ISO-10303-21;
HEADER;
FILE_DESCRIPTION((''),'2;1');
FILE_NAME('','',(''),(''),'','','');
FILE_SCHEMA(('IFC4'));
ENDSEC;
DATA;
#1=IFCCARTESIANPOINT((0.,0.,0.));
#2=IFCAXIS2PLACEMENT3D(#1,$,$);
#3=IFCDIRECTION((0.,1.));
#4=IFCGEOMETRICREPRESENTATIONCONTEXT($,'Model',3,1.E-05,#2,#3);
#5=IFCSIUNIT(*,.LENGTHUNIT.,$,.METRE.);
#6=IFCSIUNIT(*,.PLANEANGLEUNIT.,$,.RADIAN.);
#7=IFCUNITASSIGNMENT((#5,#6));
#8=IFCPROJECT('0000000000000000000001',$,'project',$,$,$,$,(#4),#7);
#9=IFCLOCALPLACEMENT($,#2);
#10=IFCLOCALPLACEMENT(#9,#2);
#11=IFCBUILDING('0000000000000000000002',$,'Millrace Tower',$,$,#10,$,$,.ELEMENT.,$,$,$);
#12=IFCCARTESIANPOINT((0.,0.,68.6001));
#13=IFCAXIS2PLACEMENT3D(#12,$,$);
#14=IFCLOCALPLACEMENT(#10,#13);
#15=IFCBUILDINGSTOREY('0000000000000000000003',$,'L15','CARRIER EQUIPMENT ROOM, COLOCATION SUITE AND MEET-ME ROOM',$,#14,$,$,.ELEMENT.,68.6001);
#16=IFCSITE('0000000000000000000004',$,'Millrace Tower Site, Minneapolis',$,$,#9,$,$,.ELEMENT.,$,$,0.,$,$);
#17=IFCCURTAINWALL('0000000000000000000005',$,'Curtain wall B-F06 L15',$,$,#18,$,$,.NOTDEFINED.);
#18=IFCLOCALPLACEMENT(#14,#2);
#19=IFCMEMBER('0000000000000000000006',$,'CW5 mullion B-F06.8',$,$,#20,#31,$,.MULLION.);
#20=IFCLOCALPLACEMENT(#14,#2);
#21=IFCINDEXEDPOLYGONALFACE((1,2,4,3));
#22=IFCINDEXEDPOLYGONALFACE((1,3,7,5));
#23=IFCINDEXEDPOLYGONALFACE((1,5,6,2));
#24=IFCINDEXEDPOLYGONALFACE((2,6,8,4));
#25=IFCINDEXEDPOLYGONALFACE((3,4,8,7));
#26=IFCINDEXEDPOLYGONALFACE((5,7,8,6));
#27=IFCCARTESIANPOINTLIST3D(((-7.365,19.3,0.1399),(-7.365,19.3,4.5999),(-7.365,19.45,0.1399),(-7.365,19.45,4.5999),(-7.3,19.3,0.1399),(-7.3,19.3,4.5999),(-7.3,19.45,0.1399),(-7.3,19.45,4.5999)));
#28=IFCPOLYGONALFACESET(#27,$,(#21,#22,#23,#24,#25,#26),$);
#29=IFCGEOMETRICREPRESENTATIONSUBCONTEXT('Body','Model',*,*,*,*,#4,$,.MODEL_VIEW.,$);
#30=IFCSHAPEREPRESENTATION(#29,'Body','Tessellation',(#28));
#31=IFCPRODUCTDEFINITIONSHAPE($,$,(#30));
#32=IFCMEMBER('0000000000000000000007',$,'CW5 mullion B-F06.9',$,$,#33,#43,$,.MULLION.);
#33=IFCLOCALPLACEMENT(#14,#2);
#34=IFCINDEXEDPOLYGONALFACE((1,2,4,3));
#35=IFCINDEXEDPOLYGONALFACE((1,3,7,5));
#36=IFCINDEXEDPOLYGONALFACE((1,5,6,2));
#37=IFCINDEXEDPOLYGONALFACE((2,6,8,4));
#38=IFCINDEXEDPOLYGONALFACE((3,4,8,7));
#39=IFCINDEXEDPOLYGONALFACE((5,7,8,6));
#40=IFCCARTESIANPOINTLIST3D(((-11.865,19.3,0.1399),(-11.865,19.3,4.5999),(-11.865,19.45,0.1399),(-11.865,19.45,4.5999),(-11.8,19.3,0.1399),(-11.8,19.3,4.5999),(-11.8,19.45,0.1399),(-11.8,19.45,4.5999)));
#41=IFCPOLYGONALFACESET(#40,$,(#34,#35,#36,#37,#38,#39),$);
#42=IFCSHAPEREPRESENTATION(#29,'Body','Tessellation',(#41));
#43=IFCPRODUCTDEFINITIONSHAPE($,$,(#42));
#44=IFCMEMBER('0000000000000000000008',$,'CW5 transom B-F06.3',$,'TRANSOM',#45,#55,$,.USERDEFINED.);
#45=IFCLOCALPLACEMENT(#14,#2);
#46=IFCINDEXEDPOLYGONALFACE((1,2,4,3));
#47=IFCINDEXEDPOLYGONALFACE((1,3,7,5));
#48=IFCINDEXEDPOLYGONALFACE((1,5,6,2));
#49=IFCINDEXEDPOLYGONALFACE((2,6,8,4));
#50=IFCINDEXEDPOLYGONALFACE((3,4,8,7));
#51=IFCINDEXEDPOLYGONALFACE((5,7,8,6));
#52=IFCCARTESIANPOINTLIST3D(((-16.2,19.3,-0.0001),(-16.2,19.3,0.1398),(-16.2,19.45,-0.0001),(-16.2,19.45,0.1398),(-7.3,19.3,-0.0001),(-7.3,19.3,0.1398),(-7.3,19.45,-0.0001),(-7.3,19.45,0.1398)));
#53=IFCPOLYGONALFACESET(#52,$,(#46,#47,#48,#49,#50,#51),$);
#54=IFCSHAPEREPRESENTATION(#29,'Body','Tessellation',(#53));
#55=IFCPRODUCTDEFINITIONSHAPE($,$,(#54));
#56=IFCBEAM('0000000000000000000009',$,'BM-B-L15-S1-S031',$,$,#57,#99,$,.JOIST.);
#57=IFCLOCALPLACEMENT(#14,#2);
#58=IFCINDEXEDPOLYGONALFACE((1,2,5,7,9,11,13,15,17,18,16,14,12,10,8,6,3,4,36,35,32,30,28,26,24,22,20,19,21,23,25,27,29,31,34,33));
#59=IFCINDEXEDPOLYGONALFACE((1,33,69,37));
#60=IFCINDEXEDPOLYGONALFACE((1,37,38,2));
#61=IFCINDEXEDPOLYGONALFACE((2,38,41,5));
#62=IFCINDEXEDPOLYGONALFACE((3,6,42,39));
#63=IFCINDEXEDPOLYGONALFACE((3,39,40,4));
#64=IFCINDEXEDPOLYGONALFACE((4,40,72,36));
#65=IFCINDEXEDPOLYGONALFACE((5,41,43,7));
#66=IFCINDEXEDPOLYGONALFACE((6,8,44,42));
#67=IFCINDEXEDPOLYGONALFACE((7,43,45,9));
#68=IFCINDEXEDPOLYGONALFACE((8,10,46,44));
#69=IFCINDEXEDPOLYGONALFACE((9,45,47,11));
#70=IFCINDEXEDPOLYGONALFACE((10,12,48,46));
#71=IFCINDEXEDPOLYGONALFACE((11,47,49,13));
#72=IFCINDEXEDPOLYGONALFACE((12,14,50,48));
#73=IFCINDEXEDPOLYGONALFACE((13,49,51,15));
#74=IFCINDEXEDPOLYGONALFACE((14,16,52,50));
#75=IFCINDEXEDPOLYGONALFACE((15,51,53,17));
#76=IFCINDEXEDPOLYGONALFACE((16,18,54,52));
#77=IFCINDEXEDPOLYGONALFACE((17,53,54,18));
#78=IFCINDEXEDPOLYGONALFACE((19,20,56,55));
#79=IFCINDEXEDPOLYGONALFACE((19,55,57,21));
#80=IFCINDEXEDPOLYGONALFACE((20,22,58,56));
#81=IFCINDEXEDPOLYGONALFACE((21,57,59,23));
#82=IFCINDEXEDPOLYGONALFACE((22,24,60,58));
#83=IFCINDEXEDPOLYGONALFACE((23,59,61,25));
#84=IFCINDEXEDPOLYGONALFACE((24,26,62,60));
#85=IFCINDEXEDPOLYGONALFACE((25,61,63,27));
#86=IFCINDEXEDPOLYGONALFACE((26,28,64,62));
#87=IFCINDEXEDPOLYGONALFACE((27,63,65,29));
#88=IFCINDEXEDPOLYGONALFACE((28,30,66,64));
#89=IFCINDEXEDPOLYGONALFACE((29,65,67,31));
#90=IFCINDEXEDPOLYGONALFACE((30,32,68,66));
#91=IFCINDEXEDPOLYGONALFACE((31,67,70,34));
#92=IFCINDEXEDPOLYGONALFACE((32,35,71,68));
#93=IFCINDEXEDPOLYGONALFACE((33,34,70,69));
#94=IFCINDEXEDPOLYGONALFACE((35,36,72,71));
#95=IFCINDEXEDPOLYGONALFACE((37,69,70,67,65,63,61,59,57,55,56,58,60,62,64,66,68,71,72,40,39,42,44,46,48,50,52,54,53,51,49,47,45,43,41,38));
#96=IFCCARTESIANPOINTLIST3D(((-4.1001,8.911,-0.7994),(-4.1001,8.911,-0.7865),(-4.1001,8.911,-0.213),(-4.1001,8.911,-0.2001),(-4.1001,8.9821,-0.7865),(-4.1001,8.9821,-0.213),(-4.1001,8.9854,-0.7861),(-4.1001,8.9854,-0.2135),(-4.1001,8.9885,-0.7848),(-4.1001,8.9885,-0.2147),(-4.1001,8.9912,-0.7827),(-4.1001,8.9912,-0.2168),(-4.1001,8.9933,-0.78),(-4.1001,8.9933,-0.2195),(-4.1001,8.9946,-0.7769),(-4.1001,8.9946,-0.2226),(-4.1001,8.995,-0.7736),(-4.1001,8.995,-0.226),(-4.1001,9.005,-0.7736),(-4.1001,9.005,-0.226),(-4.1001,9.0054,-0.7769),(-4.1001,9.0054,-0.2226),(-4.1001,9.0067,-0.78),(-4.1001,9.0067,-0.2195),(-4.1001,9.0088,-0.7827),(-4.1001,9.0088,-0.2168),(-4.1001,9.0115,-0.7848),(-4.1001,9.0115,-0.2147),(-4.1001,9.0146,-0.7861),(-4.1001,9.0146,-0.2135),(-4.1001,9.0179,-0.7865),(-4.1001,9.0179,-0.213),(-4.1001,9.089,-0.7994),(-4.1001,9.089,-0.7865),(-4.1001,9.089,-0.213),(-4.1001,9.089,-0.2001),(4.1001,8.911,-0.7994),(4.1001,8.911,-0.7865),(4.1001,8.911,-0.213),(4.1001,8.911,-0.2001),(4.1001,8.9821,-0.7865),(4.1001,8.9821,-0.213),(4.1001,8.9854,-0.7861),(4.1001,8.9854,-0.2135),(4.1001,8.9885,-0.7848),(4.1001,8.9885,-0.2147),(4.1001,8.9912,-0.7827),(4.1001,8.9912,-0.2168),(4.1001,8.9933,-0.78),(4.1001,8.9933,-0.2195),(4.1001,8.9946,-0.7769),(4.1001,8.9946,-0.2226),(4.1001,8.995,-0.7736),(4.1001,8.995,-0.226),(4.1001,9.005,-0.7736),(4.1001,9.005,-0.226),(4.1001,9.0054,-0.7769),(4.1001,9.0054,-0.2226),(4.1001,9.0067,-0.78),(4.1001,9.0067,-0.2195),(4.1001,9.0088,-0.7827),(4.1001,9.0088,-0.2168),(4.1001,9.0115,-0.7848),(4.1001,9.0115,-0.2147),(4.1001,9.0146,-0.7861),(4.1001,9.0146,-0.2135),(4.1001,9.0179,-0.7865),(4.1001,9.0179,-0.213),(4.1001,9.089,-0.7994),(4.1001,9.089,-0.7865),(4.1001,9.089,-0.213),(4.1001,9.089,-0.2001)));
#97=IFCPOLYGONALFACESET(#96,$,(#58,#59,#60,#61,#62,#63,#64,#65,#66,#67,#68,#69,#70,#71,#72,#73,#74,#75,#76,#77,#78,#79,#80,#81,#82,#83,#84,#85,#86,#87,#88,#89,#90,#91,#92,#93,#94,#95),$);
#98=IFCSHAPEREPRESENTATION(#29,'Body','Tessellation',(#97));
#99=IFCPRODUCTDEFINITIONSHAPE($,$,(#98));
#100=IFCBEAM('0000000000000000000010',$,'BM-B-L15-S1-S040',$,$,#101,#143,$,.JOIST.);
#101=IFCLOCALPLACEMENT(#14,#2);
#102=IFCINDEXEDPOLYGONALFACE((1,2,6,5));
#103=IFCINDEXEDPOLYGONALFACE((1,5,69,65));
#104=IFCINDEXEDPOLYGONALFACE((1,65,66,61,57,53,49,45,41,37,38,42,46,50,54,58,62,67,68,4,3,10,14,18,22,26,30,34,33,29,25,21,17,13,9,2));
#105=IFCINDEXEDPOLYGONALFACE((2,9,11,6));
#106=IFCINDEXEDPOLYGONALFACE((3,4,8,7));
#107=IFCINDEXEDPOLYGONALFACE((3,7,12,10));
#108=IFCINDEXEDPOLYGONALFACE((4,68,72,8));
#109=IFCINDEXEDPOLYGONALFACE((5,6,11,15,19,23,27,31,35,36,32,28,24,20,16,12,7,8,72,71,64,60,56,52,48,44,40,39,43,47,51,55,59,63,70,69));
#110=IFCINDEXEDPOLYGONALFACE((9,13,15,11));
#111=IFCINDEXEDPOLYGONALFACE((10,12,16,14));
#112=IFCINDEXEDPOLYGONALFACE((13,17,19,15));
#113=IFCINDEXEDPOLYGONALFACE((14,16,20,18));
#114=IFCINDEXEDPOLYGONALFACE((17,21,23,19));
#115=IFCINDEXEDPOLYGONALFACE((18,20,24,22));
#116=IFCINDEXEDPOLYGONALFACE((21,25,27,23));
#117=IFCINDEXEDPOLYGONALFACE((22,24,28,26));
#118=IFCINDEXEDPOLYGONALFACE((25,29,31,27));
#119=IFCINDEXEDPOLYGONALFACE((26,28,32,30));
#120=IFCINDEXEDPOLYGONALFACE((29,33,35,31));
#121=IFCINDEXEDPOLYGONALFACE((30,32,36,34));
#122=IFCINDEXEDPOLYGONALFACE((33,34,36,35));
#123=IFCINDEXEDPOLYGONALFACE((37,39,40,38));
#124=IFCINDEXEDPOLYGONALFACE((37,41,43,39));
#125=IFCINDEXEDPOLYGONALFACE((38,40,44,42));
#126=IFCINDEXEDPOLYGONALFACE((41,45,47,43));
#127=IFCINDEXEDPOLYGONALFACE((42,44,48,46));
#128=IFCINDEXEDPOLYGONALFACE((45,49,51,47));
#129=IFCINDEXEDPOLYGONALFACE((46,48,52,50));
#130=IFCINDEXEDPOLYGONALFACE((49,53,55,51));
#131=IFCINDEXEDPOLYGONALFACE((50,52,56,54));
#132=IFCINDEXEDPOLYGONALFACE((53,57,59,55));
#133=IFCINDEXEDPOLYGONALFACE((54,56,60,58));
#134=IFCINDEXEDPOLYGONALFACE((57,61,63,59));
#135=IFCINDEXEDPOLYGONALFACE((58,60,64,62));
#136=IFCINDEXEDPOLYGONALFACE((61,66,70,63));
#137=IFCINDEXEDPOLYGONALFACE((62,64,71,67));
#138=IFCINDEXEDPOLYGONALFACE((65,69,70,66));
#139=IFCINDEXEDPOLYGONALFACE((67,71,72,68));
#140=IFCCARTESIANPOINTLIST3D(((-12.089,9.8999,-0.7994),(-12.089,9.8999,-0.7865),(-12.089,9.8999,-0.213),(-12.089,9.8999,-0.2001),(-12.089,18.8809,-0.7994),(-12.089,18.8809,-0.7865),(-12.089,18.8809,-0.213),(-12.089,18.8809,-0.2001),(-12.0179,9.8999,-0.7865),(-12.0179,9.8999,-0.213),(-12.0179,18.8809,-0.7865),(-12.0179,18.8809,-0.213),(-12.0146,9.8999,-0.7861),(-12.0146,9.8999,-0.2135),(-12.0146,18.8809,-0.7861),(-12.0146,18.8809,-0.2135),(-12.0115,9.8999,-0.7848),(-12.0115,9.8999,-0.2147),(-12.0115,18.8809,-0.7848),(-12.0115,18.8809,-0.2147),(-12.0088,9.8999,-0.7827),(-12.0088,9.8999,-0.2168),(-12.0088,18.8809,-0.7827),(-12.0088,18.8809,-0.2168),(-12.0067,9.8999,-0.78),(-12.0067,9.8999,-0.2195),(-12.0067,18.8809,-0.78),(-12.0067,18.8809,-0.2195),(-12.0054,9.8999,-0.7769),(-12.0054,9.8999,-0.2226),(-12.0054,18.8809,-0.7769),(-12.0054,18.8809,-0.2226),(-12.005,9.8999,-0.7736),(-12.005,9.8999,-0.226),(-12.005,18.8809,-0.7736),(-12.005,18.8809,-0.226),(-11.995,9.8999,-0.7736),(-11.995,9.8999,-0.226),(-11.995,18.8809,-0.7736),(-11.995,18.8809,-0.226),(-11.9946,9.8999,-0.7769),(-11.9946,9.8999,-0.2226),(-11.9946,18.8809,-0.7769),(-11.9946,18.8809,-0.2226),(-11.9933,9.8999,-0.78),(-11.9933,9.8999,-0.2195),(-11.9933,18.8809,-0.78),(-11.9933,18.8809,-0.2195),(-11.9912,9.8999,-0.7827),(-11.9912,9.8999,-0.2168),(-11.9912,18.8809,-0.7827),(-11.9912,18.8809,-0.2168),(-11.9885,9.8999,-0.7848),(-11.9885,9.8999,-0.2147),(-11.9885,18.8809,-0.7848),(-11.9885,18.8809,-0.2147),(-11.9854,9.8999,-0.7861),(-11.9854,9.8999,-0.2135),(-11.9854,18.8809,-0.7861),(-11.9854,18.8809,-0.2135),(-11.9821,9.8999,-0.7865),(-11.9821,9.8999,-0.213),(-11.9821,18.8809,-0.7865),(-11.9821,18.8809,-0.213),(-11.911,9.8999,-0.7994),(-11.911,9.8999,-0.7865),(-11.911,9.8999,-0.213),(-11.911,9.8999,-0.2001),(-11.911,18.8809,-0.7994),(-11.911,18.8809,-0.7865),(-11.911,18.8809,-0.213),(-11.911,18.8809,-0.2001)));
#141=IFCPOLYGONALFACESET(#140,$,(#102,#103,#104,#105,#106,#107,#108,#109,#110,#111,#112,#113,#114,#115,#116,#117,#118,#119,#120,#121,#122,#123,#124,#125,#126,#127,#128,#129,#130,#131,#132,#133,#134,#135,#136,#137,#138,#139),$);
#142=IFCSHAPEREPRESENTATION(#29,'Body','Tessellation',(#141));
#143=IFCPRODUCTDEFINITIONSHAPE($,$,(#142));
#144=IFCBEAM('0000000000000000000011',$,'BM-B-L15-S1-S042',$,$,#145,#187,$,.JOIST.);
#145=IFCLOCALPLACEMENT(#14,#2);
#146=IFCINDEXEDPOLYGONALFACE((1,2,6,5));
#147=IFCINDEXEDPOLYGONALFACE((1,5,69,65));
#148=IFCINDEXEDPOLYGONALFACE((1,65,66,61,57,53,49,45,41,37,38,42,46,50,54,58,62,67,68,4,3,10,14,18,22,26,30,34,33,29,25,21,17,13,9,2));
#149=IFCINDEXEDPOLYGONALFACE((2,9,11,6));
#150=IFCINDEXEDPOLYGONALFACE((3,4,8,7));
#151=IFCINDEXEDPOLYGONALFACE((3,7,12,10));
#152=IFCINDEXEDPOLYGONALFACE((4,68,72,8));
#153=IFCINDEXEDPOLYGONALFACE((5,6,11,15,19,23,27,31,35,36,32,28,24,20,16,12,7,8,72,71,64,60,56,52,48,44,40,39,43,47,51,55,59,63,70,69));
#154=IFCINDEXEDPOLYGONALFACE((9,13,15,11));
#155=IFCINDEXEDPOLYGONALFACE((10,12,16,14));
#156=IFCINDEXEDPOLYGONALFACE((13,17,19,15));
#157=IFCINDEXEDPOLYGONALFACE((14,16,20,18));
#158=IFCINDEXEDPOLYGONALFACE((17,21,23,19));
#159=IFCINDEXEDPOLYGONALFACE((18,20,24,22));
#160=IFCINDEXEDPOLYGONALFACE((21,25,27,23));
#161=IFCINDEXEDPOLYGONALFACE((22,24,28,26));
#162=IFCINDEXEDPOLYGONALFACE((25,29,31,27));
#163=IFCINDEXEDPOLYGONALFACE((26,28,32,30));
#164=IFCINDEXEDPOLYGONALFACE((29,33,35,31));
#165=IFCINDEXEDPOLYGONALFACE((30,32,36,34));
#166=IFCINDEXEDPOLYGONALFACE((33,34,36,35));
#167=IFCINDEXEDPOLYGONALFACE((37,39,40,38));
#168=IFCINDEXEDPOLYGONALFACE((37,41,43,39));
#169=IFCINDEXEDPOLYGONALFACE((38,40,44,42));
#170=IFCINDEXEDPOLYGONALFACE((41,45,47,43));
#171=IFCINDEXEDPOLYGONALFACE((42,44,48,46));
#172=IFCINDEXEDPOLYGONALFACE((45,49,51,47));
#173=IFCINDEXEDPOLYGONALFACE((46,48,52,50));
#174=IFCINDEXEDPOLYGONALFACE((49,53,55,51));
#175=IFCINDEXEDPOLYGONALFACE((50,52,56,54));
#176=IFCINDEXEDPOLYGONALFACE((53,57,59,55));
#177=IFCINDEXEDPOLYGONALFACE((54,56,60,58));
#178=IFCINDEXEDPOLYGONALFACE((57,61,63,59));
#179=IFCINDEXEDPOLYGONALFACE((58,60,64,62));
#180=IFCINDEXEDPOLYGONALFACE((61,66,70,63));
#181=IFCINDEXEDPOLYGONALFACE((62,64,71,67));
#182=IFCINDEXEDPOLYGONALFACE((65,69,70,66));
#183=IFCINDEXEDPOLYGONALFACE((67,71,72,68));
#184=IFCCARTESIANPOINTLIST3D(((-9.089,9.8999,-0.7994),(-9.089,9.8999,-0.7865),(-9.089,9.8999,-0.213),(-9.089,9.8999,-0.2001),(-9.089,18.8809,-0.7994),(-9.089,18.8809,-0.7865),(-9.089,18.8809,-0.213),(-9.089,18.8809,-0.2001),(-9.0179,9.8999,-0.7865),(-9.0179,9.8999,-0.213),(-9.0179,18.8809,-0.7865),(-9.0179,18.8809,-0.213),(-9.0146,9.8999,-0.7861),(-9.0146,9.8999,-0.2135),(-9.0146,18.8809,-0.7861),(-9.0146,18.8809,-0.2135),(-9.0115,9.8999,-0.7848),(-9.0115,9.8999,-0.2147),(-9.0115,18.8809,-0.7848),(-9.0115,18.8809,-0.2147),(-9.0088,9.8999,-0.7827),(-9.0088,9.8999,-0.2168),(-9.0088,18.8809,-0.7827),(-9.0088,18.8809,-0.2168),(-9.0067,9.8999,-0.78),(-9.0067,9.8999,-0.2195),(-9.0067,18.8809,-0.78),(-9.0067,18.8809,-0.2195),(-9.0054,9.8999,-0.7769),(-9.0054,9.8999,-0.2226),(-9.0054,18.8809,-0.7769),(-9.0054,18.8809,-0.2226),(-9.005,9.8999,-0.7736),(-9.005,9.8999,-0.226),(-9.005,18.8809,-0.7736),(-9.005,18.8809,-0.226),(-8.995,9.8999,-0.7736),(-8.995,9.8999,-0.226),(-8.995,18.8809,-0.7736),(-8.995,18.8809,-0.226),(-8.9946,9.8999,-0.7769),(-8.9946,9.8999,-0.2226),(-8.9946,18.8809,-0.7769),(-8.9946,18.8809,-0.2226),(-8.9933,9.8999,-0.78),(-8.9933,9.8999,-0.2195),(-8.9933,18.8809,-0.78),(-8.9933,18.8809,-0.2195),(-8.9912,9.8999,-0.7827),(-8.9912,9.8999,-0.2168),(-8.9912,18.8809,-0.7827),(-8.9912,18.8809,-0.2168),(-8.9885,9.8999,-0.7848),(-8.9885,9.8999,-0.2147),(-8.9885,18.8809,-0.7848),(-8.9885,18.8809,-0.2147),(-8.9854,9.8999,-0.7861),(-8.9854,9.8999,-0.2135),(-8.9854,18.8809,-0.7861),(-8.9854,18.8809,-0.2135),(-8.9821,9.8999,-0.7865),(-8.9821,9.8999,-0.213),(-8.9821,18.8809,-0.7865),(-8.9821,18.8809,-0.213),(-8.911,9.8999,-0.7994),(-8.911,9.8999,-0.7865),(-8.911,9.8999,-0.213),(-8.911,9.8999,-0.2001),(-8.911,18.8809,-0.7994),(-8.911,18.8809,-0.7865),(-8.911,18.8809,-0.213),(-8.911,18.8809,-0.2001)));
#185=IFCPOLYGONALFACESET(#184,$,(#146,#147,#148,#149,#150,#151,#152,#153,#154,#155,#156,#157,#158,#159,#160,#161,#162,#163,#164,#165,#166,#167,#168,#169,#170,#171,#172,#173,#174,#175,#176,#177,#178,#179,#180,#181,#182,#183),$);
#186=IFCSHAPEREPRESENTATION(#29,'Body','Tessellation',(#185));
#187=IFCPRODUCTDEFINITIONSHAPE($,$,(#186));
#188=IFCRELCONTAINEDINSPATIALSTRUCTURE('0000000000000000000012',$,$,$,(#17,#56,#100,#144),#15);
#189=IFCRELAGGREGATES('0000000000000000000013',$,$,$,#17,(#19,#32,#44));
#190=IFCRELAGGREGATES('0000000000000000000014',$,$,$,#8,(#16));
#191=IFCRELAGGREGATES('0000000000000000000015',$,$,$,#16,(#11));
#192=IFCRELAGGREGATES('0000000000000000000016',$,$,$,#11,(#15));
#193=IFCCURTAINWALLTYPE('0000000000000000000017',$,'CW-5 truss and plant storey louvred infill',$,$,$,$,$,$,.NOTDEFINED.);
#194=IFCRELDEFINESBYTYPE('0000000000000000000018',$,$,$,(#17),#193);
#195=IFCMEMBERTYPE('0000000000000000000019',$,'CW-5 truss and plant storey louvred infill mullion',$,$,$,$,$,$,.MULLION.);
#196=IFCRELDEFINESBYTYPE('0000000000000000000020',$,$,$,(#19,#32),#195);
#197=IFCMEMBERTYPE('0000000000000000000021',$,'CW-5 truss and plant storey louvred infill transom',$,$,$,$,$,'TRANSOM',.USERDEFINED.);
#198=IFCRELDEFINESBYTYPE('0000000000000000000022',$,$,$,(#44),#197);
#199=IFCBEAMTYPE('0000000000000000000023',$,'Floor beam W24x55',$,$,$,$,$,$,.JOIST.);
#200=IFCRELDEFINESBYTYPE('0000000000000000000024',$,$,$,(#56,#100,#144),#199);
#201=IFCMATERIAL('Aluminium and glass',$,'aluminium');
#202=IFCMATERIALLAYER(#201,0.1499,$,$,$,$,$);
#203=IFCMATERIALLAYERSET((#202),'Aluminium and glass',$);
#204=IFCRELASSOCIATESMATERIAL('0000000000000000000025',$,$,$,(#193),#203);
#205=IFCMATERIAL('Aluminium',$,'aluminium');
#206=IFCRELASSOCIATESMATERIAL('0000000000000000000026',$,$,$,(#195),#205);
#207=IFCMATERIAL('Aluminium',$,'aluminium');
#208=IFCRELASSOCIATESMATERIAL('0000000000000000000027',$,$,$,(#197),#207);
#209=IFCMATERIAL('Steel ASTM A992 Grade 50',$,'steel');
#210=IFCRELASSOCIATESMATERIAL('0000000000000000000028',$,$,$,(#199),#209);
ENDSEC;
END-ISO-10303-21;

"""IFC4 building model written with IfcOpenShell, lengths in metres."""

from ifc_helpers import new_model, si_unit, direction, frame, origin, origin_2d, place, context, subcontext, project, spatial, rectangle, i_section, extrude, material, layer, layer_set, material_profile, profile_set, type_object, element, aggregate, save


model = new_model("IFC4")

# Units and contexts
model_context = context("Model", 3, precision=1e-05, world=origin(), true_north=direction((0.0, 1.0)))
body_context = subcontext(model_context, "Body", "Model", "MODEL_VIEW")
ifc_project = project(units=[si_unit("LENGTHUNIT", "METRE"), si_unit("PLANEANGLEUNIT", "RADIAN")], contexts=[model_context])

# Site, building, storey
site_placement = place(None, origin())
site = spatial("IfcSite", under=ifc_project, at=site_placement, Name="Millrace Tower Site, Minneapolis", CompositionType="ELEMENT", RefElevation=0.0)
building_placement = place(site_placement, origin())
building = spatial("IfcBuilding", under=site, at=building_placement, Name="Millrace Tower", CompositionType="ELEMENT")
storey_placement = place(building_placement, frame((0.0, 0.0, 68.6001)))
storey = spatial("IfcBuildingStorey", under=building, at=storey_placement, Name="L15", Description="CARRIER EQUIPMENT ROOM, COLOCATION SUITE AND MEET-ME ROOM", CompositionType="ELEMENT", Elevation=68.6001)

# Curtain wall, members
ifc_material_1 = material(Name="Aluminium and glass", Category="aluminium")
ifc_layer_1 = layer(ifc_material_1, 0.1499)
ifc_layer_set_1 = layer_set([ifc_layer_1], Name="Aluminium and glass")
curtain_wall_type = type_object("IfcCurtainWallType", Name="CW-5 truss and plant storey louvred infill", PredefinedType="NOTDEFINED", material=ifc_layer_set_1)
placement = place(storey_placement, origin())
curtain_wall = element("IfcCurtainWall", 1, at=placement, inside=storey, type_object=curtain_wall_type, Name="Curtain wall B-F06 L15", PredefinedType="NOTDEFINED")
ifc_material_2 = material(Name="Aluminium", Category="aluminium")
ifc_material_profile_1 = material_profile(ifc_material_2, rectangle(XDim=0.0649, YDim=0.1499, at=origin_2d()))
ifc_profile_set_1 = profile_set([ifc_material_profile_1], Name="Aluminium")
member_type_1 = type_object("IfcMemberType", Name="CW-5 truss and plant storey louvred infill mullion", PredefinedType="MULLION", material=ifc_profile_set_1)
member_1_placement = place(storey_placement, frame((-7.3325, 19.375, 0.1399), z_axis=(0.0, 0.0, 1.0), x_axis=(-1.0, 0.0, 0.0)))
member_1 = element("IfcMember", 2, at=member_1_placement, type_object=member_type_1, Name="CW5 mullion B-F06.8", PredefinedType="MULLION", context=body_context, shape_type="SweptSolid", body=[
    extrude(rectangle(XDim=0.0649, YDim=0.1499, at=origin_2d()), origin(), (0.0, 0.0, 1.0), 4.46),
])
member_2_placement = place(storey_placement, frame((-11.8325, 19.375, 0.1399), z_axis=(0.0, 0.0, 1.0), x_axis=(-1.0, 0.0, 0.0)))
member_2 = element("IfcMember", 3, at=member_2_placement, type_object=member_type_1, Name="CW5 mullion B-F06.9", PredefinedType="MULLION", context=body_context, shape_type="SweptSolid", body=[
    extrude(rectangle(XDim=0.0649, YDim=0.1499, at=origin_2d()), origin(), (0.0, 0.0, 1.0), 4.46),
])
ifc_material_3 = material(Name="Aluminium", Category="aluminium")
ifc_material_profile_2 = material_profile(ifc_material_3, rectangle(XDim=0.1499, YDim=0.1399, at=origin_2d()))
ifc_profile_set_2 = profile_set([ifc_material_profile_2], Name="Aluminium")
member_type_2 = type_object("IfcMemberType", Name="CW-5 truss and plant storey louvred infill transom", ElementType="TRANSOM", PredefinedType="USERDEFINED", material=ifc_profile_set_2)
member_3_placement = place(storey_placement, frame((-7.3, 19.375, 0.0698), z_axis=(-1.0, 0.0, 0.0), x_axis=(0.0, -1.0, 0.0)))
member_3 = element("IfcMember", 4, at=member_3_placement, type_object=member_type_2, Name="CW5 transom B-F06.3", ObjectType="TRANSOM", PredefinedType="USERDEFINED", context=body_context, shape_type="SweptSolid", body=[
    extrude(rectangle(XDim=0.1499, YDim=0.1399, at=origin_2d()), origin(), (0.0, 0.0, 1.0), 8.8999),
])
aggregate(curtain_wall, [member_1, member_2, member_3])

# Beams
ifc_material_4 = material(Name="Steel ASTM A992 Grade 50", Category="steel")
ifc_material_profile_3 = material_profile(ifc_material_4, i_section(OverallWidth=0.178, OverallDepth=0.5994, WebThickness=0.01, FlangeThickness=0.0129, FilletRadius=0.0129, at=origin_2d()))
ifc_profile_set_3 = profile_set([ifc_material_profile_3], Name="Steel ASTM A992 Grade 50")
beam_type_1 = type_object("IfcBeamType", Name="Floor beam W24x55", PredefinedType="JOIST", material=ifc_profile_set_3)
beam_1_placement = place(storey_placement, frame((-4.1001, 9.0, -0.4998), z_axis=(1.0, 0.0, 0.0), x_axis=(0.0, 1.0, 0.0)))
element("IfcBeam", 5, at=beam_1_placement, inside=storey, type_object=beam_type_1, Name="BM-B-L15-S1-S031", PredefinedType="JOIST", context=body_context, shape_type="SweptSolid", body=[
    extrude(i_section(OverallWidth=0.178, OverallDepth=0.5994, WebThickness=0.01, FlangeThickness=0.0129, FilletRadius=0.0129, at=origin_2d()), origin(), (0.0, 0.0, 1.0), 8.2002),
])
for number, where, z_axis, x_axis, name in (
    (6, (-12.0, 9.8999, -0.4998), (0.0, 1.0, 0.0), (-1.0, 0.0, 0.0), "BM-B-L15-S1-S040"),
    (7, (-9.0, 9.8999, -0.4998), (0.0, 1.0, 0.0), (-1.0, 0.0, 0.0), "BM-B-L15-S1-S042"),
):
    element("IfcBeam", number, at=place(storey_placement, frame(where, z_axis=z_axis, x_axis=x_axis)), inside=storey, type_object=beam_type_1, Name=name, PredefinedType="JOIST", context=body_context, shape_type="SweptSolid", body=[
        extrude(i_section(OverallWidth=0.178, OverallDepth=0.5994, WebThickness=0.01, FlangeThickness=0.0129, FilletRadius=0.0129, at=origin_2d()), origin(), (0.0, 0.0, 1.0), 8.981),
    ])

save(model, "model.ifc")
